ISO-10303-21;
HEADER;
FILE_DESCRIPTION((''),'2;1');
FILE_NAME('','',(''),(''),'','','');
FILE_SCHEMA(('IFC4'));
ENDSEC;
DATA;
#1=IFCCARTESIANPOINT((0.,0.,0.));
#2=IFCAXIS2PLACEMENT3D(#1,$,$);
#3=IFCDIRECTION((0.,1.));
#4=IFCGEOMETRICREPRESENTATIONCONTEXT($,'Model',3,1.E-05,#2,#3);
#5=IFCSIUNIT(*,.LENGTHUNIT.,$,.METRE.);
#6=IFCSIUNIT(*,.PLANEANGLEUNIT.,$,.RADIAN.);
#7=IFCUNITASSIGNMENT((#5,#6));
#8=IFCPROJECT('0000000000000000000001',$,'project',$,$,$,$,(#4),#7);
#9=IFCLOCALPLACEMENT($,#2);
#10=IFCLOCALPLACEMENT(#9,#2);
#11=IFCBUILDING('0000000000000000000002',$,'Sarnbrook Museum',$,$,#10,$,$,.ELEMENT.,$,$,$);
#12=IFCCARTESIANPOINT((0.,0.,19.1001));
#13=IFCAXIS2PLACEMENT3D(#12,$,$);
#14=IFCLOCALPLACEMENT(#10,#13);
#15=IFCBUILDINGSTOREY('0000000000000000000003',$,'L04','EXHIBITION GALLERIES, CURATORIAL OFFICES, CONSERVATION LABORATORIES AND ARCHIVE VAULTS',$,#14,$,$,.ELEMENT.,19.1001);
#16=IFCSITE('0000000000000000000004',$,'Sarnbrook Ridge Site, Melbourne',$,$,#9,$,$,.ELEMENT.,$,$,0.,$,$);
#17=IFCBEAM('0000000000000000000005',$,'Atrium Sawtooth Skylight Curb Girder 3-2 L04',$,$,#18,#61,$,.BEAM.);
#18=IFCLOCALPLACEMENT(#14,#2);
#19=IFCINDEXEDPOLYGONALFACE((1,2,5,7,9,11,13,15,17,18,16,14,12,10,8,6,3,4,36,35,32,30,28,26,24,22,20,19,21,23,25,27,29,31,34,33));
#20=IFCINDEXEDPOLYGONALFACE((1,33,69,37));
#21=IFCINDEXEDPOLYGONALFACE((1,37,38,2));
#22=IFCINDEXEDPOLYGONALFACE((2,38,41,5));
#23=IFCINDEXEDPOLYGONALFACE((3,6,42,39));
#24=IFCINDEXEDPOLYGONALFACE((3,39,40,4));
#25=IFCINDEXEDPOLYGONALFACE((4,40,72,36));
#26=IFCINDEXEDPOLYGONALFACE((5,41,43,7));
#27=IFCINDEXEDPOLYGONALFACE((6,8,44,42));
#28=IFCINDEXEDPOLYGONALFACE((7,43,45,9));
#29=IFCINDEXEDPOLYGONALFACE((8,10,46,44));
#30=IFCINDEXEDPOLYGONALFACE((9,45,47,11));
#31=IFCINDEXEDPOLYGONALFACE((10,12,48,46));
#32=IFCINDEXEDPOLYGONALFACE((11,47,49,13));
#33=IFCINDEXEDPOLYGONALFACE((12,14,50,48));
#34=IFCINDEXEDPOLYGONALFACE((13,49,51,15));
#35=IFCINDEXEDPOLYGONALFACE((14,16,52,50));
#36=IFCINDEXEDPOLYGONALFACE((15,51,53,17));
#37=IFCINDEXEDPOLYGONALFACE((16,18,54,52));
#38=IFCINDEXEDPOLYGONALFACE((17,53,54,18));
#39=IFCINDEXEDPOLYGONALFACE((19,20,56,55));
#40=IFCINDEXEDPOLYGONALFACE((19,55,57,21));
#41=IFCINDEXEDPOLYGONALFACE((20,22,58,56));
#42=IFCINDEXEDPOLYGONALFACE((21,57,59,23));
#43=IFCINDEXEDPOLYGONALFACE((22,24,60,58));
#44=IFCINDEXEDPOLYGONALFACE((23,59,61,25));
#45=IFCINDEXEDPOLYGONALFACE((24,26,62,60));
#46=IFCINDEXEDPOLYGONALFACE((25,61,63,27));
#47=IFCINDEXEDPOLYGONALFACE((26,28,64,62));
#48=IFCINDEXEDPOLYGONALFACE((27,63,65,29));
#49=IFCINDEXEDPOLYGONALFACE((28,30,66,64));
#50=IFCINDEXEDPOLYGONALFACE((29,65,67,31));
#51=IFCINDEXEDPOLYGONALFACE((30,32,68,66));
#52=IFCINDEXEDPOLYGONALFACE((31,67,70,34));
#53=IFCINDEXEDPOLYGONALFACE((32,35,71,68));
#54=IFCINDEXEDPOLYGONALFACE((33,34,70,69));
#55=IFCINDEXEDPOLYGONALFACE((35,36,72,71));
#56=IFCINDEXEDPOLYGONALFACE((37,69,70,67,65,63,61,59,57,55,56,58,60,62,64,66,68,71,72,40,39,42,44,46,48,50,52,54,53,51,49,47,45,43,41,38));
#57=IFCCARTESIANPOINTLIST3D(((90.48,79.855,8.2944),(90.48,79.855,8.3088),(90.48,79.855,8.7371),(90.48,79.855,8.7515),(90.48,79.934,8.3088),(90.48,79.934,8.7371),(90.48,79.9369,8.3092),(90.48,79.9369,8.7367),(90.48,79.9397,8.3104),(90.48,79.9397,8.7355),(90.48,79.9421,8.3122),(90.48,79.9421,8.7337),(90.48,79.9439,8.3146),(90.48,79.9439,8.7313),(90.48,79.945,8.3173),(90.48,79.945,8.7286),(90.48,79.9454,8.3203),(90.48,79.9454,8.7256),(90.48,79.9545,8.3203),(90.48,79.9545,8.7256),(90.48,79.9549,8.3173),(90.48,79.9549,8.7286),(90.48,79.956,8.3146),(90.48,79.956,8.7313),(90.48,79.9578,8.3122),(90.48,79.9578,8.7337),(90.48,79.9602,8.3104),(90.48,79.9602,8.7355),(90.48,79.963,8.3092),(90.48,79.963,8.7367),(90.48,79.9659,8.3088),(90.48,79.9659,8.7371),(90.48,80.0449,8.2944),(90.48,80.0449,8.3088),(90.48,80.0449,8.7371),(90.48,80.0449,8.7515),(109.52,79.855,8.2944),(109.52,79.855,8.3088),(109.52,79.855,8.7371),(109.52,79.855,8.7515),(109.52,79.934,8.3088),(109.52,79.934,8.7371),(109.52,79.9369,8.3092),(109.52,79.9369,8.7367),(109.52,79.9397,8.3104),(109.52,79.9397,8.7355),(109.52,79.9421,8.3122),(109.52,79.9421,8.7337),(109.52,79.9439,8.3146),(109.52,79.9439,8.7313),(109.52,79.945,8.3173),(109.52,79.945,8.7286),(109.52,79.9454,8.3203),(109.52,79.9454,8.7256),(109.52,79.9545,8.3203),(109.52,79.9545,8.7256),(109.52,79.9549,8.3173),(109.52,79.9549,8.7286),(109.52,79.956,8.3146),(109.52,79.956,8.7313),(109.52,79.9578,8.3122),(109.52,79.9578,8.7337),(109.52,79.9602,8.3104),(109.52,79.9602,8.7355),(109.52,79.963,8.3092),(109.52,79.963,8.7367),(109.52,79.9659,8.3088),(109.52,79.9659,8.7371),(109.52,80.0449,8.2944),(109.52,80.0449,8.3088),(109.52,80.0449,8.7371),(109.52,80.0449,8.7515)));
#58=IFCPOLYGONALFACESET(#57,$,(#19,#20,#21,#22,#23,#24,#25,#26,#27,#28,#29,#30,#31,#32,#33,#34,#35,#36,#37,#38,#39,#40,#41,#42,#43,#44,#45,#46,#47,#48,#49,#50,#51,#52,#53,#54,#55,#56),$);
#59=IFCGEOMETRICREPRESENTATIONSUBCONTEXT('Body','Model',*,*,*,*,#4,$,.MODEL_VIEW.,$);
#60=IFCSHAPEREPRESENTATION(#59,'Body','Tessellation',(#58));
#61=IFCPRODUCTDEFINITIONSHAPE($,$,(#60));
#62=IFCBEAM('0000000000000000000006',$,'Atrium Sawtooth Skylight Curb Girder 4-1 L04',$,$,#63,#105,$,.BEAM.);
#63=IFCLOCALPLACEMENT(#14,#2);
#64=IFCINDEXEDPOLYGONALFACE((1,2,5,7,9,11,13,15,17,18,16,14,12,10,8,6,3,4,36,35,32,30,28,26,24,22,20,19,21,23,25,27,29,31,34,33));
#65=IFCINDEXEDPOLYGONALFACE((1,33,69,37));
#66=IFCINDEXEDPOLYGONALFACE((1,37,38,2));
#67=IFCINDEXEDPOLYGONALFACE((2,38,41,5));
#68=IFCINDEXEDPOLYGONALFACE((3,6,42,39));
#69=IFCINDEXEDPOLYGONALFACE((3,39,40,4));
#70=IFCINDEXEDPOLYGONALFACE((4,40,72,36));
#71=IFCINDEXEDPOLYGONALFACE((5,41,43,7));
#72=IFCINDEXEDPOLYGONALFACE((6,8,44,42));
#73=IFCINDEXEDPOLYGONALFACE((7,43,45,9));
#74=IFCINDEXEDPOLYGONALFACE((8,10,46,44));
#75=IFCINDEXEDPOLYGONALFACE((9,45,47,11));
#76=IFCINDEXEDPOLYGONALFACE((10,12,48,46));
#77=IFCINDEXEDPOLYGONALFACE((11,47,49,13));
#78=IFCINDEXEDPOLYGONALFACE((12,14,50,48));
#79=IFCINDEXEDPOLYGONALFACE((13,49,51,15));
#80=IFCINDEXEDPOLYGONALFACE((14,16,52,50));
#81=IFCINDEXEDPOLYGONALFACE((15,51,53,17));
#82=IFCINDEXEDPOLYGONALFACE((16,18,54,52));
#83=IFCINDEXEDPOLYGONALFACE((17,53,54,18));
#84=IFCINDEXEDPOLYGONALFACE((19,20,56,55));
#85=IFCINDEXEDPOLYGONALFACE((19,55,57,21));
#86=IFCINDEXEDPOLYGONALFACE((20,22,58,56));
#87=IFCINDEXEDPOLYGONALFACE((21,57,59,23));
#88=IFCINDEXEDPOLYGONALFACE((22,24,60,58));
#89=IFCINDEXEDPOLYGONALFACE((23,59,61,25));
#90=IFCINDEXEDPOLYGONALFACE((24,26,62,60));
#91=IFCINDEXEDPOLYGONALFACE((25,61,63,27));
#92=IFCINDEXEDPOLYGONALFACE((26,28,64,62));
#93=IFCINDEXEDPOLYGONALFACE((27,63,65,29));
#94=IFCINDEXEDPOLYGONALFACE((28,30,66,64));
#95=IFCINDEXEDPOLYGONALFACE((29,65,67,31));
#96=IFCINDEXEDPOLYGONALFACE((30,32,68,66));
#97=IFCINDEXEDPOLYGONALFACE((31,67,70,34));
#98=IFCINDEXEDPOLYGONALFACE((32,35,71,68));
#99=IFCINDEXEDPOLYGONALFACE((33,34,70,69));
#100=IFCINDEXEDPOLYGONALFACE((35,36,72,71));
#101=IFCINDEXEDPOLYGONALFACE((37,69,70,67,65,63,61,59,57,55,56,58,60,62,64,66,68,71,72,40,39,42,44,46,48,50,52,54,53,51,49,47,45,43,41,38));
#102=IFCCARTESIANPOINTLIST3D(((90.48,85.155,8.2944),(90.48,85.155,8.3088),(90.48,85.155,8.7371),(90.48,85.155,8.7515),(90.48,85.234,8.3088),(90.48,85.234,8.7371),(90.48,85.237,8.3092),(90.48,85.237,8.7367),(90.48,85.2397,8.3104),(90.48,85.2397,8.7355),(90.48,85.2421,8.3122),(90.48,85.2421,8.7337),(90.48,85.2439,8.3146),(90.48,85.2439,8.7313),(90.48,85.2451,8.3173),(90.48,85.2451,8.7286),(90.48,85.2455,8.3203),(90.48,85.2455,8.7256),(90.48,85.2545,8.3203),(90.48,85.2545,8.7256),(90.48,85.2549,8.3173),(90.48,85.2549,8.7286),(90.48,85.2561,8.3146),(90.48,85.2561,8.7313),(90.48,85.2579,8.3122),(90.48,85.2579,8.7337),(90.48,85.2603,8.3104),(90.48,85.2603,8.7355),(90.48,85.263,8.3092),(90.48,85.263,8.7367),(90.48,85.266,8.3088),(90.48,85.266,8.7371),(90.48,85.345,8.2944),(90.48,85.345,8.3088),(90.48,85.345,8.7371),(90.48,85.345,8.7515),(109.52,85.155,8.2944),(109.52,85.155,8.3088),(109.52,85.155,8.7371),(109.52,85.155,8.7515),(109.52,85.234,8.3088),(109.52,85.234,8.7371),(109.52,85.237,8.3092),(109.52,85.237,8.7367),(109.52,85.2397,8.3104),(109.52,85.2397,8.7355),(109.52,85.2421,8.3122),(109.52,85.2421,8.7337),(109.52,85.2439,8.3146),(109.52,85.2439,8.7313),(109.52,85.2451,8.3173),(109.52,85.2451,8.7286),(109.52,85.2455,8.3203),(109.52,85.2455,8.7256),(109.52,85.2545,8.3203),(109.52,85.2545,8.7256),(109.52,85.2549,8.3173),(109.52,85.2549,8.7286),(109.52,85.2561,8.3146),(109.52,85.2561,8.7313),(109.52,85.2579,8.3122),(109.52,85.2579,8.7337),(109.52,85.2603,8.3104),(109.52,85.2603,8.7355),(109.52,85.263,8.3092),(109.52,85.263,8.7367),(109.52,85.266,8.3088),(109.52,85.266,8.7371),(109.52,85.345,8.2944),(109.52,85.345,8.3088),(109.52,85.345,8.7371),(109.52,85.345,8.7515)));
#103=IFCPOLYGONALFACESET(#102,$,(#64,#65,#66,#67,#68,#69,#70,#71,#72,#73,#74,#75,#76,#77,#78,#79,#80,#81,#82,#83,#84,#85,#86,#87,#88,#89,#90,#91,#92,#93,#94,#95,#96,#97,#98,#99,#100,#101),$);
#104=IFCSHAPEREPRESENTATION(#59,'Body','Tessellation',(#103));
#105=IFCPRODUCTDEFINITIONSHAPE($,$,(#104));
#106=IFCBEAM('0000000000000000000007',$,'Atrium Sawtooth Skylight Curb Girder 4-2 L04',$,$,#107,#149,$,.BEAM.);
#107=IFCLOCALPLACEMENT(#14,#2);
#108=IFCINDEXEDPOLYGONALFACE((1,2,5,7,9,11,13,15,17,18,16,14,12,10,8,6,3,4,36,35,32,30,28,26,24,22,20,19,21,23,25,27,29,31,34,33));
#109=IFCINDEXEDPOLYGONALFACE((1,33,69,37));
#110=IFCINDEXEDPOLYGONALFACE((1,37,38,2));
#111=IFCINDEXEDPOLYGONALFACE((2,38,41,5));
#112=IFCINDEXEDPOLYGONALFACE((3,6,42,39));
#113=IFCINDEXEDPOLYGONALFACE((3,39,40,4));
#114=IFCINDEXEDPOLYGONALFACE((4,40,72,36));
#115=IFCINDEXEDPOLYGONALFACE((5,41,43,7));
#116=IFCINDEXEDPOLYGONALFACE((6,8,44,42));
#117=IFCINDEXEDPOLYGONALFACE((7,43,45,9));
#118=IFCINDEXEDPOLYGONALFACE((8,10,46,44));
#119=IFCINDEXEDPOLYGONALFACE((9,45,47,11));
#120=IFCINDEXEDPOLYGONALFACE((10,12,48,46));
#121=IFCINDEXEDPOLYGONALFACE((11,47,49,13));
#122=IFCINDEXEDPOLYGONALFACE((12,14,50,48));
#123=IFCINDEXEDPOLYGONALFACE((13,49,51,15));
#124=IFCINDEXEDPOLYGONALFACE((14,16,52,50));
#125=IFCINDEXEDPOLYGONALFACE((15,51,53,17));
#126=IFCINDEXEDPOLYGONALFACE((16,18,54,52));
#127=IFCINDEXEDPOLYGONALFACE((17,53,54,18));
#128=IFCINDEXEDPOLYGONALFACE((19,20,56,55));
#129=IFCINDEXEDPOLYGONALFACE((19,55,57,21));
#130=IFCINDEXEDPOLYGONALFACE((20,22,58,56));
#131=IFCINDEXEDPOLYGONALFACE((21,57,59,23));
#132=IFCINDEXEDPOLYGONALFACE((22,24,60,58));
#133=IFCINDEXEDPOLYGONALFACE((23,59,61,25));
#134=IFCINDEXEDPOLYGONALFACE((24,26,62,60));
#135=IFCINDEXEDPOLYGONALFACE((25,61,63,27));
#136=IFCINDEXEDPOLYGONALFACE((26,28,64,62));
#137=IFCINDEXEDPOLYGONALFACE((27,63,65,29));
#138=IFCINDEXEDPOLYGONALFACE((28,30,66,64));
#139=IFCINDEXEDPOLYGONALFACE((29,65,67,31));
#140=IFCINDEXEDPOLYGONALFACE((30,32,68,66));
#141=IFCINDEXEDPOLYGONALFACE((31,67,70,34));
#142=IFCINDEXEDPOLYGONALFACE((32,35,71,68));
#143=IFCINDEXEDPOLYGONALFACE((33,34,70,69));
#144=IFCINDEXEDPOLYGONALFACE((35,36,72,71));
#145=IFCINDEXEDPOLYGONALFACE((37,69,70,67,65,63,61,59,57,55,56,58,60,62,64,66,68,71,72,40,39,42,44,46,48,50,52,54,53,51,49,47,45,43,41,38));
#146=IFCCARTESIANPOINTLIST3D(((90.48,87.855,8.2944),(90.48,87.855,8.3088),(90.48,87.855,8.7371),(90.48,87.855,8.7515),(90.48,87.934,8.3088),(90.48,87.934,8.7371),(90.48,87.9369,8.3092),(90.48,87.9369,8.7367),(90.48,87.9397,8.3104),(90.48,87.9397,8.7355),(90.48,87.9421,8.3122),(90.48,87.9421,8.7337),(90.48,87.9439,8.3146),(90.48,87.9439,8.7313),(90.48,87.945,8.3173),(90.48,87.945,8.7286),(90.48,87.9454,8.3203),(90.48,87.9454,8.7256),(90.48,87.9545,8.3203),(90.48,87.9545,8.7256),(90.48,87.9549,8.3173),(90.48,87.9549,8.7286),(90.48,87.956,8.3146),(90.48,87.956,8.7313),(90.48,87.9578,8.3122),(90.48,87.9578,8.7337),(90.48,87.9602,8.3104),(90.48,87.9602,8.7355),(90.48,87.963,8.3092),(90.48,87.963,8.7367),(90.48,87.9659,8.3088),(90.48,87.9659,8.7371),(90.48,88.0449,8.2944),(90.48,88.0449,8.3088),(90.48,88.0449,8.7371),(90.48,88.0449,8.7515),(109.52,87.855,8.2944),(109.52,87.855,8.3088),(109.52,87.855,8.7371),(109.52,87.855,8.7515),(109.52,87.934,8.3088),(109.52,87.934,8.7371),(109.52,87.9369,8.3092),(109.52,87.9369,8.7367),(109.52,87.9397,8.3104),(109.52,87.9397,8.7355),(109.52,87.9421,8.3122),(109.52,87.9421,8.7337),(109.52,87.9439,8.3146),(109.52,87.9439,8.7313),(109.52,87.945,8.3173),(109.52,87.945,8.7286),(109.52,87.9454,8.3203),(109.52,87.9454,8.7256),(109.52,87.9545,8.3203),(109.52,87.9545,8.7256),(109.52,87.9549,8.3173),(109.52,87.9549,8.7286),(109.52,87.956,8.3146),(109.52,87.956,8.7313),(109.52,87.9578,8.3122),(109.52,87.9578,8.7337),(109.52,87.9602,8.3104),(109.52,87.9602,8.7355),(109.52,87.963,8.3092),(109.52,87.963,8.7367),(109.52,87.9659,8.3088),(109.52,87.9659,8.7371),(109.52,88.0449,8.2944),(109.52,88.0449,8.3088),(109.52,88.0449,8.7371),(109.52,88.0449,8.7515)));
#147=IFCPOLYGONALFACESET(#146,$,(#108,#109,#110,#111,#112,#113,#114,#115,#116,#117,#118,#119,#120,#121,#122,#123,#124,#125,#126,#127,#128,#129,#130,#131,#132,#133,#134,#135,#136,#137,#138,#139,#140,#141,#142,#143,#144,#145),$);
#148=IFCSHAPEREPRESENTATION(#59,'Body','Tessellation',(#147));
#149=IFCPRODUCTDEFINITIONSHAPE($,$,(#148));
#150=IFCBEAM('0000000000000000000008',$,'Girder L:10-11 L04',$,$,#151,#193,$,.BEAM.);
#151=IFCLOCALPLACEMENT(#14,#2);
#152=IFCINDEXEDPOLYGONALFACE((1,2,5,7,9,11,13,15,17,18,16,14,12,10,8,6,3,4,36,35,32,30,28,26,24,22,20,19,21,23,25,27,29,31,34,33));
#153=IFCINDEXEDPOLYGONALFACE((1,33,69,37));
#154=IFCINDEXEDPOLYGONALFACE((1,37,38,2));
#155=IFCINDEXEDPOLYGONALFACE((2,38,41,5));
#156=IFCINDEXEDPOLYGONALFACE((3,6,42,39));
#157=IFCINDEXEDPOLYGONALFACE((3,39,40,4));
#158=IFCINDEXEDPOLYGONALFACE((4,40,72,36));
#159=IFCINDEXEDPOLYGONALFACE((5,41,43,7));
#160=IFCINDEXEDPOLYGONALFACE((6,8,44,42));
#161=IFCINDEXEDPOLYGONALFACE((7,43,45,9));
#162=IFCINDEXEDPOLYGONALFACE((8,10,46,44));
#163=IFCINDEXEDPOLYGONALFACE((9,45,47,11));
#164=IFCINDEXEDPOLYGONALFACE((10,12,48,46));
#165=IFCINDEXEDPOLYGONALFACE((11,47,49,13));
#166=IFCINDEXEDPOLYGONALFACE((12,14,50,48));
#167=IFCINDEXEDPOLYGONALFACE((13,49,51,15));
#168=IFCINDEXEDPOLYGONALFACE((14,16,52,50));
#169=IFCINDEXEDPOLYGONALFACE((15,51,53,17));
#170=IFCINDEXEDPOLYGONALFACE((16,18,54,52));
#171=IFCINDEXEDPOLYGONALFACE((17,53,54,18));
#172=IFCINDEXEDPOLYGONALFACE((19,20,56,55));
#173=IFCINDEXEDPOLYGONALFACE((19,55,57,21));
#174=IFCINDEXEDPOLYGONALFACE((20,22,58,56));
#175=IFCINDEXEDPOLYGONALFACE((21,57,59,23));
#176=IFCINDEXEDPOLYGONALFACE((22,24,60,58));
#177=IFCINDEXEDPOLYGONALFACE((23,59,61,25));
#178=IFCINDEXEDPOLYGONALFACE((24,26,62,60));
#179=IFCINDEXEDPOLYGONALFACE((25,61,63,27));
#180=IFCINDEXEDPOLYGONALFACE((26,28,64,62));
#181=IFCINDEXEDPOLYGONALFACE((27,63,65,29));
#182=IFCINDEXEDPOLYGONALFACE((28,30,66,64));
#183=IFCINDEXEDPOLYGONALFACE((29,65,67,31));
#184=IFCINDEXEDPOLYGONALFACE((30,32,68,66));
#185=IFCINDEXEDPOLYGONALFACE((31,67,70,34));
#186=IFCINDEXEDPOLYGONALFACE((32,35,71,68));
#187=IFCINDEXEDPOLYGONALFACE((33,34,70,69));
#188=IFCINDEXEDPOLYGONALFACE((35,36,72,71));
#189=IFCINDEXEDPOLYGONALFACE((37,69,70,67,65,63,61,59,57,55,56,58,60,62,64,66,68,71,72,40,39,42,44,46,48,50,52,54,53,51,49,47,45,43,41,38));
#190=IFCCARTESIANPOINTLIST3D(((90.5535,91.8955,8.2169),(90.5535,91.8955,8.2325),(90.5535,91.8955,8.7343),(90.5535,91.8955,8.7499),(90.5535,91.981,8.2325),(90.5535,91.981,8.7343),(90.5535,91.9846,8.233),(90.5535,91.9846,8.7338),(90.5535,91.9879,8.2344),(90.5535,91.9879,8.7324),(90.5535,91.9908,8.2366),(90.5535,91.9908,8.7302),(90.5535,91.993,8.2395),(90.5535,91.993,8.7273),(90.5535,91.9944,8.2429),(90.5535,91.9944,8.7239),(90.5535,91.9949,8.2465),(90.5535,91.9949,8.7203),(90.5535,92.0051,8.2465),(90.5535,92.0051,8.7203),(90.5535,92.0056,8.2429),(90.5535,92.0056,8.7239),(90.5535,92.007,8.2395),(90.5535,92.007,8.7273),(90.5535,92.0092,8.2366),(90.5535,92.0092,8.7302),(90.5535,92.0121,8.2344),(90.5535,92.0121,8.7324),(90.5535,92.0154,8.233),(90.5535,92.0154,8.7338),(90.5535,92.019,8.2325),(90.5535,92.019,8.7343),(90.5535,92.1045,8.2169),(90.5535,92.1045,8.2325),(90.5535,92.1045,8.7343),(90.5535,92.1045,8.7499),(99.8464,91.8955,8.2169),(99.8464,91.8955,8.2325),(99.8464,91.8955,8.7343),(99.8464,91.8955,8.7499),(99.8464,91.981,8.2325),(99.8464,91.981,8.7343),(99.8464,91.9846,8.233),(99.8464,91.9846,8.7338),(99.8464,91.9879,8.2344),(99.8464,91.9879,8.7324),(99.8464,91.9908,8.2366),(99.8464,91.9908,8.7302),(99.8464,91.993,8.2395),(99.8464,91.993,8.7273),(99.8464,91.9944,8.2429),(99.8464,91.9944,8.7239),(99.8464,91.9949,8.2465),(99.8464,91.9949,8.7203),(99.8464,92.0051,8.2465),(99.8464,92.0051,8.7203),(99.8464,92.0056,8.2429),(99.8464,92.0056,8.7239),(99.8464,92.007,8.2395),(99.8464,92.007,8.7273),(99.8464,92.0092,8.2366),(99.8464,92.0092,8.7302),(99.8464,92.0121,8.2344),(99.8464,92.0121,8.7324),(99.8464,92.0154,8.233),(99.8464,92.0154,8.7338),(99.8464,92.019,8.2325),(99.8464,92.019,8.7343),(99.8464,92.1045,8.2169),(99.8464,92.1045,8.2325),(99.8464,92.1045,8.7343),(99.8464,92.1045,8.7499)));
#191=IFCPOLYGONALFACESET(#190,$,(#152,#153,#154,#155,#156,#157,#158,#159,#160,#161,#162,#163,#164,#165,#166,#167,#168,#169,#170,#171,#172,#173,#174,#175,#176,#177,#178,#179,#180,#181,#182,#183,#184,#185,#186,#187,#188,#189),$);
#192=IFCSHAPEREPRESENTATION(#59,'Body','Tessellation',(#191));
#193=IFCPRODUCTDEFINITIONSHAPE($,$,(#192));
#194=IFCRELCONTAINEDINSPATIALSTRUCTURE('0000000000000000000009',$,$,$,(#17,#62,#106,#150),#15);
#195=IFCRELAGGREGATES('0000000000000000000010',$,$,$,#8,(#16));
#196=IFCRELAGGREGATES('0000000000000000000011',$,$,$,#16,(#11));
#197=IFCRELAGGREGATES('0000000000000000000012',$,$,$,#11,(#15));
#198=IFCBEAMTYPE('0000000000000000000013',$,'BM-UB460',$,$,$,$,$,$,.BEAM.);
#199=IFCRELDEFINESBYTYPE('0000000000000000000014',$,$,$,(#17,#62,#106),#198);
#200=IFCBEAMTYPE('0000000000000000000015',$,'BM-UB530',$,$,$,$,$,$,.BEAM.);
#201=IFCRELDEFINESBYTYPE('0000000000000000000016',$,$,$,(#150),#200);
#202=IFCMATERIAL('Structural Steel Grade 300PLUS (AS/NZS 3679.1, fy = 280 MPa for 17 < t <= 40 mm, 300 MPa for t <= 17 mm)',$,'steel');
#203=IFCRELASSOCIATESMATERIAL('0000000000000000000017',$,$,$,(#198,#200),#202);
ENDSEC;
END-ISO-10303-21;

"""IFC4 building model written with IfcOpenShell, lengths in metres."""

from ifc_helpers import new_model, si_unit, direction, frame, origin, origin_2d, place, context, subcontext, project, spatial, i_section, extrude, material, material_profile, profile_set, type_object, element, save


model = new_model("IFC4")

# Units and contexts
model_context = context("Model", 3, precision=1e-05, world=origin(), true_north=direction((0.0, 1.0)))
body_context = subcontext(model_context, "Body", "Model", "MODEL_VIEW")
ifc_project = project(units=[si_unit("LENGTHUNIT", "METRE"), si_unit("PLANEANGLEUNIT", "RADIAN")], contexts=[model_context])

# Site, building, storey
site_placement = place(None, origin())
site = spatial("IfcSite", under=ifc_project, at=site_placement, Name="Sarnbrook Ridge Site, Melbourne", CompositionType="ELEMENT", RefElevation=0.0)
building_placement = place(site_placement, origin())
building = spatial("IfcBuilding", under=site, at=building_placement, Name="Sarnbrook Museum", CompositionType="ELEMENT")
storey_placement = place(building_placement, frame((0.0, 0.0, 19.1001)))
storey = spatial("IfcBuildingStorey", under=building, at=storey_placement, Name="L04", Description="EXHIBITION GALLERIES, CURATORIAL OFFICES, CONSERVATION LABORATORIES AND ARCHIVE VAULTS", CompositionType="ELEMENT", Elevation=19.1001)

# Shared definitions
ifc_material_1 = material(Name="Structural Steel Grade 300PLUS (AS/NZS 3679.1, fy = 280 MPa for 17 < t <= 40 mm, 300 MPa for t <= 17 mm)", Category="steel")

# Beams
ifc_material_profile_1 = material_profile(ifc_material_1, i_section(OverallWidth=0.1899, OverallDepth=0.457, WebThickness=0.009, FlangeThickness=0.0144, FilletRadius=0.0115, at=origin_2d()), Name="460UB74.6")
ifc_profile_set_1 = profile_set([ifc_material_profile_1], Name="Structural Steel Grade 300PLUS (AS/NZS 3679.1, fy = 280 MPa for 17 < t <= 40 mm, 300 MPa for t <= 17 mm)")
beam_type_1 = type_object("IfcBeamType", Name="BM-UB460", PredefinedType="BEAM", material=ifc_profile_set_1)
for number, where, z_axis, x_axis, name in (
    (1, (90.48, 79.95, 8.5229), (1.0, 0.0, 0.0), (0.0, 1.0, 0.0), "Atrium Sawtooth Skylight Curb Girder 3-2 L04"),
    (2, (90.48, 85.25, 8.5229), (1.0, 0.0, 0.0), (0.0, 1.0, 0.0), "Atrium Sawtooth Skylight Curb Girder 4-1 L04"),
    (3, (90.48, 87.95, 8.5229), (1.0, 0.0, 0.0), (0.0, 1.0, 0.0), "Atrium Sawtooth Skylight Curb Girder 4-2 L04"),
):
    element("IfcBeam", number, at=place(storey_placement, frame(where, z_axis=z_axis, x_axis=x_axis)), inside=storey, type_object=beam_type_1, Name=name, PredefinedType="BEAM", context=body_context, shape_type="SweptSolid", body=[
        extrude(i_section(OverallWidth=0.1899, OverallDepth=0.457, WebThickness=0.009, FlangeThickness=0.0144, FilletRadius=0.0115, at=origin_2d()), origin(), (0.0, 0.0, 1.0), 19.04),
    ])
ifc_material_profile_2 = material_profile(ifc_material_1, i_section(OverallWidth=0.209, OverallDepth=0.533, WebThickness=0.0103, FlangeThickness=0.0156, FilletRadius=0.0139, at=origin_2d()), Name="530UB92.4")
ifc_profile_set_2 = profile_set([ifc_material_profile_2], Name="Structural Steel Grade 300PLUS (AS/NZS 3679.1, fy = 280 MPa for 17 < t <= 40 mm, 300 MPa for t <= 17 mm)")
beam_type_2 = type_object("IfcBeamType", Name="BM-UB530", PredefinedType="BEAM", material=ifc_profile_set_2)
beam_1_placement = place(storey_placement, frame((90.5535, 92.0, 8.4834), z_axis=(1.0, 0.0, 0.0), x_axis=(0.0, 1.0, 0.0)))
element("IfcBeam", 4, at=beam_1_placement, inside=storey, type_object=beam_type_2, Name="Girder L:10-11 L04", PredefinedType="BEAM", context=body_context, shape_type="SweptSolid", body=[
    extrude(i_section(OverallWidth=0.209, OverallDepth=0.533, WebThickness=0.0103, FlangeThickness=0.0156, FilletRadius=0.0139, at=origin_2d()), origin(), (0.0, 0.0, 1.0), 9.293),
])

save(model, "model.ifc")
